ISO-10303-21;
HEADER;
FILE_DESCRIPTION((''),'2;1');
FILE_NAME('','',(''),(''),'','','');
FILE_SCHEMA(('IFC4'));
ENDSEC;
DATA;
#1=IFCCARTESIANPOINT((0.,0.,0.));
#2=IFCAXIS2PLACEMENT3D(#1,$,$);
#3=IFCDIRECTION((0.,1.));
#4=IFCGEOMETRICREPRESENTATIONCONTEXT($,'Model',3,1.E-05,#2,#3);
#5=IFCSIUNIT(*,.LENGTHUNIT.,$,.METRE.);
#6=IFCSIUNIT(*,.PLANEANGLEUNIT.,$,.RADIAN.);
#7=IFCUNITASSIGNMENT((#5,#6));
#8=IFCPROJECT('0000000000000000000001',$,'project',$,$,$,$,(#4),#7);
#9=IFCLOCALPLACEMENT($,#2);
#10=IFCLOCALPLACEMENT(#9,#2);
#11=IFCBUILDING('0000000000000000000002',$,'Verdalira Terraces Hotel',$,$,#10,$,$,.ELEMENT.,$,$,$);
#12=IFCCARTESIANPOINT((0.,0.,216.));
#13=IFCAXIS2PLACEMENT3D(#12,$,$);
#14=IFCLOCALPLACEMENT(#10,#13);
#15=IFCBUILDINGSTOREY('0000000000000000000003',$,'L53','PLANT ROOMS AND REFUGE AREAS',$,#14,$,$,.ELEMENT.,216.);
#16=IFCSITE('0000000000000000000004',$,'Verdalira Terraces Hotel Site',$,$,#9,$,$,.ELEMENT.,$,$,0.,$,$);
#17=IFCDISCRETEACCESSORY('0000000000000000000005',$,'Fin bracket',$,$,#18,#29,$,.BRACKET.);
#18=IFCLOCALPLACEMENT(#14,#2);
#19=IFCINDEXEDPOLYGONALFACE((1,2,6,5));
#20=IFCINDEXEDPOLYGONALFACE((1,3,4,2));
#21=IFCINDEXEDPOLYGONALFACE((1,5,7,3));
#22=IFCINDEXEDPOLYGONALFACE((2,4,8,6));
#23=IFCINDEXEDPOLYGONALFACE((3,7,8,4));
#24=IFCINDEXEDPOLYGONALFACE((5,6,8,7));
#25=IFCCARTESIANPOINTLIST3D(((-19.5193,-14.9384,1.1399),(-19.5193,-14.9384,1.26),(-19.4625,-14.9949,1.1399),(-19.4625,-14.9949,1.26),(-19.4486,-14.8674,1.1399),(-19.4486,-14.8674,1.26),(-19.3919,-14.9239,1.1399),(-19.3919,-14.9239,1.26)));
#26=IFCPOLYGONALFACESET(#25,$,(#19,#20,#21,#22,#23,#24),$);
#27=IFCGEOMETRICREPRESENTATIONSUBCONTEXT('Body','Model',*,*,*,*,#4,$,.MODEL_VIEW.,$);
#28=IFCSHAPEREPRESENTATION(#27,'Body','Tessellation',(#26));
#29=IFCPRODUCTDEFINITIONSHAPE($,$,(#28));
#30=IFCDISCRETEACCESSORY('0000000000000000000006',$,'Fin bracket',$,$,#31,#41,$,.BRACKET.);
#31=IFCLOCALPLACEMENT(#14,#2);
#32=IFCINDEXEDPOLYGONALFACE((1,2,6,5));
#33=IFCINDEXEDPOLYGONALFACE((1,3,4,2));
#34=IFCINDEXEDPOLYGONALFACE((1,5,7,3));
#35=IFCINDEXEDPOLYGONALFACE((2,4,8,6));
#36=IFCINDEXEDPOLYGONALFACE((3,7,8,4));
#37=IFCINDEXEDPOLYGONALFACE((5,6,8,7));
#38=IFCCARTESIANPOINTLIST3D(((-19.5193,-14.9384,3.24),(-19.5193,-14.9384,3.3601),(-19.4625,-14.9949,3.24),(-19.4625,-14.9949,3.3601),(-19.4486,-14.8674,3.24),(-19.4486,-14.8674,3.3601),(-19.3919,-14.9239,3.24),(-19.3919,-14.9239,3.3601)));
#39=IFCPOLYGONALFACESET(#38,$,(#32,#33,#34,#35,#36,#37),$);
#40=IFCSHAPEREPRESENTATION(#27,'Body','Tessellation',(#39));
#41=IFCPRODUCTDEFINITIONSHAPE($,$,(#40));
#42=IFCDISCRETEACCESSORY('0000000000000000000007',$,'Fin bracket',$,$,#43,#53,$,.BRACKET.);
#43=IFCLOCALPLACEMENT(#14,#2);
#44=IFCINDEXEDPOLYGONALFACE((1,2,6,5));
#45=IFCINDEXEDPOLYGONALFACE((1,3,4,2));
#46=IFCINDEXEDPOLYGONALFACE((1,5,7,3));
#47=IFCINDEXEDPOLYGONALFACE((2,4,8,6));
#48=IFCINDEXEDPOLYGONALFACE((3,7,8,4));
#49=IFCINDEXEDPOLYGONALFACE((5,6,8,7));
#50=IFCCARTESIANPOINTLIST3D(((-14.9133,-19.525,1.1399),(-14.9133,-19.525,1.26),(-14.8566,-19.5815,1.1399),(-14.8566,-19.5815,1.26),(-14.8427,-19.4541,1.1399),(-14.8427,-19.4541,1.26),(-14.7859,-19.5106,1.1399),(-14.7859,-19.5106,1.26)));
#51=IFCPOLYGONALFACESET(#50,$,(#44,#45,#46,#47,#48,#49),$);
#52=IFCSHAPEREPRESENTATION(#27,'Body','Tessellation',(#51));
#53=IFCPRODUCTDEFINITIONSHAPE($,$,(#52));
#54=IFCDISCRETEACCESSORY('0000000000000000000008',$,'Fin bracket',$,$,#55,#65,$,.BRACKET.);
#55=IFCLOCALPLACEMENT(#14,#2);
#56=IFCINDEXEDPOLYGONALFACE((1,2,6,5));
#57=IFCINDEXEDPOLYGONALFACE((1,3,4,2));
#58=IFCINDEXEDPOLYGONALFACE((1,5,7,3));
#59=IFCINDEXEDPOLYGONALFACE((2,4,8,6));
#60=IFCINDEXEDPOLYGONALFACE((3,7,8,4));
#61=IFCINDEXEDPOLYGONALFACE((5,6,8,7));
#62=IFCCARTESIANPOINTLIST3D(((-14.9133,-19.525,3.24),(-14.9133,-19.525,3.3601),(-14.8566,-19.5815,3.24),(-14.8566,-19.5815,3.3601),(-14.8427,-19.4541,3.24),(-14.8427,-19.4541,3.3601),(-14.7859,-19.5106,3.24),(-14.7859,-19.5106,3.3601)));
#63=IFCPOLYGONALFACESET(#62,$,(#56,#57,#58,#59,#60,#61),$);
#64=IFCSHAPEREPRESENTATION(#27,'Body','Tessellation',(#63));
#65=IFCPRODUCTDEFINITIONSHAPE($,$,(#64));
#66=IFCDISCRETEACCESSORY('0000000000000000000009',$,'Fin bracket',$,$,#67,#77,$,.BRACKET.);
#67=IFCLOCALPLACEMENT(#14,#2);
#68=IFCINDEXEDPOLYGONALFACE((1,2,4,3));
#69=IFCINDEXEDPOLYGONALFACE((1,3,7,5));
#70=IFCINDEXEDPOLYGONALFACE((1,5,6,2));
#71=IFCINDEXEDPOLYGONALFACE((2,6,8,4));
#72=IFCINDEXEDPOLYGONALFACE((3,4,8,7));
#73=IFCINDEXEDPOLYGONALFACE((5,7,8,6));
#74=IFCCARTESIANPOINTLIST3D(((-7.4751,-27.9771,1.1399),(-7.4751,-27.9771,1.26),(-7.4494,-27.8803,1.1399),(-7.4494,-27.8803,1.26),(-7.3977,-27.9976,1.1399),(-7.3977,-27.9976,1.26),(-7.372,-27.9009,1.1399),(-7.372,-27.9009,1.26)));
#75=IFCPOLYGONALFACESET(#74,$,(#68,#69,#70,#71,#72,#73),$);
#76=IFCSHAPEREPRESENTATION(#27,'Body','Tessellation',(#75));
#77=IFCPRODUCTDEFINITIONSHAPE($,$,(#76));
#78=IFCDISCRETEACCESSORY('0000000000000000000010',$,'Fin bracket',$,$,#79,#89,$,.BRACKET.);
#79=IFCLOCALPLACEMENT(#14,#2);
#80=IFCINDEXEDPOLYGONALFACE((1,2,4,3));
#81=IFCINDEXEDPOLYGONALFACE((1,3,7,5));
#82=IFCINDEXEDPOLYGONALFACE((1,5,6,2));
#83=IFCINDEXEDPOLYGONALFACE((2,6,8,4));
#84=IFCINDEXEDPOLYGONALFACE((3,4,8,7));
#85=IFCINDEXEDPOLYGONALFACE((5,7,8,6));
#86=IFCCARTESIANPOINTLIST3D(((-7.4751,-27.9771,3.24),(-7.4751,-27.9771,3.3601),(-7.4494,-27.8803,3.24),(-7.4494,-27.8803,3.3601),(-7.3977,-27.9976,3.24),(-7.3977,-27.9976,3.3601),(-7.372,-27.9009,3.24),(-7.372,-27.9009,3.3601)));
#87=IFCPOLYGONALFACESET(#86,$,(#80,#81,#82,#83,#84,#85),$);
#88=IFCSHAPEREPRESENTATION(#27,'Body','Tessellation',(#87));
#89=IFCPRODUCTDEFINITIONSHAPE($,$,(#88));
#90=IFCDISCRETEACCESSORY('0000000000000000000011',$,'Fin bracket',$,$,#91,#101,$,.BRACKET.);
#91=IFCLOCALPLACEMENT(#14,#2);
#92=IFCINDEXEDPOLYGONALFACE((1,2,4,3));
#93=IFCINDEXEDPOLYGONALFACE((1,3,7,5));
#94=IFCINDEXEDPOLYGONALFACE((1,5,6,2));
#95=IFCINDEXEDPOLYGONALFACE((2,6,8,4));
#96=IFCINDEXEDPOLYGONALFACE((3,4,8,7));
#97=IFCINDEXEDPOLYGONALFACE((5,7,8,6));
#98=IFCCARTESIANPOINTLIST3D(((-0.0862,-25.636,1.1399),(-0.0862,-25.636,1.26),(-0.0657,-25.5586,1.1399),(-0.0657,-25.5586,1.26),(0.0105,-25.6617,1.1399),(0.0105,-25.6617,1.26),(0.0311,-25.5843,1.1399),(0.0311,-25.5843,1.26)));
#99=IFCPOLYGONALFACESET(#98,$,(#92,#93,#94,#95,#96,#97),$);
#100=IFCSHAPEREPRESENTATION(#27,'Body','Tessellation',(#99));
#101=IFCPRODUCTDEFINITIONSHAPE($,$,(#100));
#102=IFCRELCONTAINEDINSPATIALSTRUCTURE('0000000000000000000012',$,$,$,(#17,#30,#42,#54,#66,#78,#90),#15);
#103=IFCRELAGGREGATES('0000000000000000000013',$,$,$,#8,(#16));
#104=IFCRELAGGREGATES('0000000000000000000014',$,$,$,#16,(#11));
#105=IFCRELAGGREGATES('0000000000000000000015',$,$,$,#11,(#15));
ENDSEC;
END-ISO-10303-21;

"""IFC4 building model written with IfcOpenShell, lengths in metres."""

from ifc_helpers import new_model, si_unit, direction, frame, origin, origin_2d, place, context, subcontext, project, spatial, rectangle, extrude, element, save


model = new_model("IFC4")

# Units and contexts
model_context = context("Model", 3, precision=1e-05, world=origin(), true_north=direction((0.0, 1.0)))
body_context = subcontext(model_context, "Body", "Model", "MODEL_VIEW")
ifc_project = project(units=[si_unit("LENGTHUNIT", "METRE"), si_unit("PLANEANGLEUNIT", "RADIAN")], contexts=[model_context])

# Site, building, storey
site_placement = place(None, origin())
site = spatial("IfcSite", under=ifc_project, at=site_placement, Name="Verdalira Terraces Hotel Site", CompositionType="ELEMENT", RefElevation=0.0)
building_placement = place(site_placement, origin())
building = spatial("IfcBuilding", under=site, at=building_placement, Name="Verdalira Terraces Hotel", CompositionType="ELEMENT")
storey_placement = place(building_placement, frame((0.0, 0.0, 216.0)))
storey = spatial("IfcBuildingStorey", under=building, at=storey_placement, Name="L53", Description="PLANT ROOMS AND REFUGE AREAS", CompositionType="ELEMENT", Elevation=216.0)

# Discrete accessories
for number, where, z_axis, x_axis, name in (
    (1, (-19.4556, -14.9312, 1.1399), (0.0, 0.0, 1.0), (0.708586, -0.705624, 0.0), "Fin bracket"),
    (2, (-19.4556, -14.9312, 3.24), (0.0, 0.0, 1.0), (0.708586, -0.705624, 0.0), "Fin bracket"),
    (3, (-14.8496, -19.5178, 1.1399), (0.0, 0.0, 1.0), (0.708586, -0.705624, 0.0), "Fin bracket"),
    (4, (-14.8496, -19.5178, 3.24), (0.0, 0.0, 1.0), (0.708586, -0.705624, 0.0), "Fin bracket"),
    (5, (-7.4236, -27.939, 1.1399), (0.0, 0.0, 1.0), (0.966466, -0.256795, 0.0), "Fin bracket"),
    (6, (-7.4236, -27.939, 3.24), (0.0, 0.0, 1.0), (0.966466, -0.256795, 0.0), "Fin bracket"),
    (7, (-0.0276, -25.6101, 1.1399), (0.0, 0.0, 1.0), (0.256795, 0.966466, 0.0), "Fin bracket"),
):
    element("IfcDiscreteAccessory", number, at=place(storey_placement, frame(where, z_axis=z_axis, x_axis=x_axis)), inside=storey, Name=name, PredefinedType="BRACKET", context=body_context, shape_type="SweptSolid", body=[
        extrude(rectangle(XDim=0.0801, YDim=0.1001, at=origin_2d()), origin(), (0.0, 0.0, 1.0), 0.1201),
    ])

save(model, "model.ifc")
